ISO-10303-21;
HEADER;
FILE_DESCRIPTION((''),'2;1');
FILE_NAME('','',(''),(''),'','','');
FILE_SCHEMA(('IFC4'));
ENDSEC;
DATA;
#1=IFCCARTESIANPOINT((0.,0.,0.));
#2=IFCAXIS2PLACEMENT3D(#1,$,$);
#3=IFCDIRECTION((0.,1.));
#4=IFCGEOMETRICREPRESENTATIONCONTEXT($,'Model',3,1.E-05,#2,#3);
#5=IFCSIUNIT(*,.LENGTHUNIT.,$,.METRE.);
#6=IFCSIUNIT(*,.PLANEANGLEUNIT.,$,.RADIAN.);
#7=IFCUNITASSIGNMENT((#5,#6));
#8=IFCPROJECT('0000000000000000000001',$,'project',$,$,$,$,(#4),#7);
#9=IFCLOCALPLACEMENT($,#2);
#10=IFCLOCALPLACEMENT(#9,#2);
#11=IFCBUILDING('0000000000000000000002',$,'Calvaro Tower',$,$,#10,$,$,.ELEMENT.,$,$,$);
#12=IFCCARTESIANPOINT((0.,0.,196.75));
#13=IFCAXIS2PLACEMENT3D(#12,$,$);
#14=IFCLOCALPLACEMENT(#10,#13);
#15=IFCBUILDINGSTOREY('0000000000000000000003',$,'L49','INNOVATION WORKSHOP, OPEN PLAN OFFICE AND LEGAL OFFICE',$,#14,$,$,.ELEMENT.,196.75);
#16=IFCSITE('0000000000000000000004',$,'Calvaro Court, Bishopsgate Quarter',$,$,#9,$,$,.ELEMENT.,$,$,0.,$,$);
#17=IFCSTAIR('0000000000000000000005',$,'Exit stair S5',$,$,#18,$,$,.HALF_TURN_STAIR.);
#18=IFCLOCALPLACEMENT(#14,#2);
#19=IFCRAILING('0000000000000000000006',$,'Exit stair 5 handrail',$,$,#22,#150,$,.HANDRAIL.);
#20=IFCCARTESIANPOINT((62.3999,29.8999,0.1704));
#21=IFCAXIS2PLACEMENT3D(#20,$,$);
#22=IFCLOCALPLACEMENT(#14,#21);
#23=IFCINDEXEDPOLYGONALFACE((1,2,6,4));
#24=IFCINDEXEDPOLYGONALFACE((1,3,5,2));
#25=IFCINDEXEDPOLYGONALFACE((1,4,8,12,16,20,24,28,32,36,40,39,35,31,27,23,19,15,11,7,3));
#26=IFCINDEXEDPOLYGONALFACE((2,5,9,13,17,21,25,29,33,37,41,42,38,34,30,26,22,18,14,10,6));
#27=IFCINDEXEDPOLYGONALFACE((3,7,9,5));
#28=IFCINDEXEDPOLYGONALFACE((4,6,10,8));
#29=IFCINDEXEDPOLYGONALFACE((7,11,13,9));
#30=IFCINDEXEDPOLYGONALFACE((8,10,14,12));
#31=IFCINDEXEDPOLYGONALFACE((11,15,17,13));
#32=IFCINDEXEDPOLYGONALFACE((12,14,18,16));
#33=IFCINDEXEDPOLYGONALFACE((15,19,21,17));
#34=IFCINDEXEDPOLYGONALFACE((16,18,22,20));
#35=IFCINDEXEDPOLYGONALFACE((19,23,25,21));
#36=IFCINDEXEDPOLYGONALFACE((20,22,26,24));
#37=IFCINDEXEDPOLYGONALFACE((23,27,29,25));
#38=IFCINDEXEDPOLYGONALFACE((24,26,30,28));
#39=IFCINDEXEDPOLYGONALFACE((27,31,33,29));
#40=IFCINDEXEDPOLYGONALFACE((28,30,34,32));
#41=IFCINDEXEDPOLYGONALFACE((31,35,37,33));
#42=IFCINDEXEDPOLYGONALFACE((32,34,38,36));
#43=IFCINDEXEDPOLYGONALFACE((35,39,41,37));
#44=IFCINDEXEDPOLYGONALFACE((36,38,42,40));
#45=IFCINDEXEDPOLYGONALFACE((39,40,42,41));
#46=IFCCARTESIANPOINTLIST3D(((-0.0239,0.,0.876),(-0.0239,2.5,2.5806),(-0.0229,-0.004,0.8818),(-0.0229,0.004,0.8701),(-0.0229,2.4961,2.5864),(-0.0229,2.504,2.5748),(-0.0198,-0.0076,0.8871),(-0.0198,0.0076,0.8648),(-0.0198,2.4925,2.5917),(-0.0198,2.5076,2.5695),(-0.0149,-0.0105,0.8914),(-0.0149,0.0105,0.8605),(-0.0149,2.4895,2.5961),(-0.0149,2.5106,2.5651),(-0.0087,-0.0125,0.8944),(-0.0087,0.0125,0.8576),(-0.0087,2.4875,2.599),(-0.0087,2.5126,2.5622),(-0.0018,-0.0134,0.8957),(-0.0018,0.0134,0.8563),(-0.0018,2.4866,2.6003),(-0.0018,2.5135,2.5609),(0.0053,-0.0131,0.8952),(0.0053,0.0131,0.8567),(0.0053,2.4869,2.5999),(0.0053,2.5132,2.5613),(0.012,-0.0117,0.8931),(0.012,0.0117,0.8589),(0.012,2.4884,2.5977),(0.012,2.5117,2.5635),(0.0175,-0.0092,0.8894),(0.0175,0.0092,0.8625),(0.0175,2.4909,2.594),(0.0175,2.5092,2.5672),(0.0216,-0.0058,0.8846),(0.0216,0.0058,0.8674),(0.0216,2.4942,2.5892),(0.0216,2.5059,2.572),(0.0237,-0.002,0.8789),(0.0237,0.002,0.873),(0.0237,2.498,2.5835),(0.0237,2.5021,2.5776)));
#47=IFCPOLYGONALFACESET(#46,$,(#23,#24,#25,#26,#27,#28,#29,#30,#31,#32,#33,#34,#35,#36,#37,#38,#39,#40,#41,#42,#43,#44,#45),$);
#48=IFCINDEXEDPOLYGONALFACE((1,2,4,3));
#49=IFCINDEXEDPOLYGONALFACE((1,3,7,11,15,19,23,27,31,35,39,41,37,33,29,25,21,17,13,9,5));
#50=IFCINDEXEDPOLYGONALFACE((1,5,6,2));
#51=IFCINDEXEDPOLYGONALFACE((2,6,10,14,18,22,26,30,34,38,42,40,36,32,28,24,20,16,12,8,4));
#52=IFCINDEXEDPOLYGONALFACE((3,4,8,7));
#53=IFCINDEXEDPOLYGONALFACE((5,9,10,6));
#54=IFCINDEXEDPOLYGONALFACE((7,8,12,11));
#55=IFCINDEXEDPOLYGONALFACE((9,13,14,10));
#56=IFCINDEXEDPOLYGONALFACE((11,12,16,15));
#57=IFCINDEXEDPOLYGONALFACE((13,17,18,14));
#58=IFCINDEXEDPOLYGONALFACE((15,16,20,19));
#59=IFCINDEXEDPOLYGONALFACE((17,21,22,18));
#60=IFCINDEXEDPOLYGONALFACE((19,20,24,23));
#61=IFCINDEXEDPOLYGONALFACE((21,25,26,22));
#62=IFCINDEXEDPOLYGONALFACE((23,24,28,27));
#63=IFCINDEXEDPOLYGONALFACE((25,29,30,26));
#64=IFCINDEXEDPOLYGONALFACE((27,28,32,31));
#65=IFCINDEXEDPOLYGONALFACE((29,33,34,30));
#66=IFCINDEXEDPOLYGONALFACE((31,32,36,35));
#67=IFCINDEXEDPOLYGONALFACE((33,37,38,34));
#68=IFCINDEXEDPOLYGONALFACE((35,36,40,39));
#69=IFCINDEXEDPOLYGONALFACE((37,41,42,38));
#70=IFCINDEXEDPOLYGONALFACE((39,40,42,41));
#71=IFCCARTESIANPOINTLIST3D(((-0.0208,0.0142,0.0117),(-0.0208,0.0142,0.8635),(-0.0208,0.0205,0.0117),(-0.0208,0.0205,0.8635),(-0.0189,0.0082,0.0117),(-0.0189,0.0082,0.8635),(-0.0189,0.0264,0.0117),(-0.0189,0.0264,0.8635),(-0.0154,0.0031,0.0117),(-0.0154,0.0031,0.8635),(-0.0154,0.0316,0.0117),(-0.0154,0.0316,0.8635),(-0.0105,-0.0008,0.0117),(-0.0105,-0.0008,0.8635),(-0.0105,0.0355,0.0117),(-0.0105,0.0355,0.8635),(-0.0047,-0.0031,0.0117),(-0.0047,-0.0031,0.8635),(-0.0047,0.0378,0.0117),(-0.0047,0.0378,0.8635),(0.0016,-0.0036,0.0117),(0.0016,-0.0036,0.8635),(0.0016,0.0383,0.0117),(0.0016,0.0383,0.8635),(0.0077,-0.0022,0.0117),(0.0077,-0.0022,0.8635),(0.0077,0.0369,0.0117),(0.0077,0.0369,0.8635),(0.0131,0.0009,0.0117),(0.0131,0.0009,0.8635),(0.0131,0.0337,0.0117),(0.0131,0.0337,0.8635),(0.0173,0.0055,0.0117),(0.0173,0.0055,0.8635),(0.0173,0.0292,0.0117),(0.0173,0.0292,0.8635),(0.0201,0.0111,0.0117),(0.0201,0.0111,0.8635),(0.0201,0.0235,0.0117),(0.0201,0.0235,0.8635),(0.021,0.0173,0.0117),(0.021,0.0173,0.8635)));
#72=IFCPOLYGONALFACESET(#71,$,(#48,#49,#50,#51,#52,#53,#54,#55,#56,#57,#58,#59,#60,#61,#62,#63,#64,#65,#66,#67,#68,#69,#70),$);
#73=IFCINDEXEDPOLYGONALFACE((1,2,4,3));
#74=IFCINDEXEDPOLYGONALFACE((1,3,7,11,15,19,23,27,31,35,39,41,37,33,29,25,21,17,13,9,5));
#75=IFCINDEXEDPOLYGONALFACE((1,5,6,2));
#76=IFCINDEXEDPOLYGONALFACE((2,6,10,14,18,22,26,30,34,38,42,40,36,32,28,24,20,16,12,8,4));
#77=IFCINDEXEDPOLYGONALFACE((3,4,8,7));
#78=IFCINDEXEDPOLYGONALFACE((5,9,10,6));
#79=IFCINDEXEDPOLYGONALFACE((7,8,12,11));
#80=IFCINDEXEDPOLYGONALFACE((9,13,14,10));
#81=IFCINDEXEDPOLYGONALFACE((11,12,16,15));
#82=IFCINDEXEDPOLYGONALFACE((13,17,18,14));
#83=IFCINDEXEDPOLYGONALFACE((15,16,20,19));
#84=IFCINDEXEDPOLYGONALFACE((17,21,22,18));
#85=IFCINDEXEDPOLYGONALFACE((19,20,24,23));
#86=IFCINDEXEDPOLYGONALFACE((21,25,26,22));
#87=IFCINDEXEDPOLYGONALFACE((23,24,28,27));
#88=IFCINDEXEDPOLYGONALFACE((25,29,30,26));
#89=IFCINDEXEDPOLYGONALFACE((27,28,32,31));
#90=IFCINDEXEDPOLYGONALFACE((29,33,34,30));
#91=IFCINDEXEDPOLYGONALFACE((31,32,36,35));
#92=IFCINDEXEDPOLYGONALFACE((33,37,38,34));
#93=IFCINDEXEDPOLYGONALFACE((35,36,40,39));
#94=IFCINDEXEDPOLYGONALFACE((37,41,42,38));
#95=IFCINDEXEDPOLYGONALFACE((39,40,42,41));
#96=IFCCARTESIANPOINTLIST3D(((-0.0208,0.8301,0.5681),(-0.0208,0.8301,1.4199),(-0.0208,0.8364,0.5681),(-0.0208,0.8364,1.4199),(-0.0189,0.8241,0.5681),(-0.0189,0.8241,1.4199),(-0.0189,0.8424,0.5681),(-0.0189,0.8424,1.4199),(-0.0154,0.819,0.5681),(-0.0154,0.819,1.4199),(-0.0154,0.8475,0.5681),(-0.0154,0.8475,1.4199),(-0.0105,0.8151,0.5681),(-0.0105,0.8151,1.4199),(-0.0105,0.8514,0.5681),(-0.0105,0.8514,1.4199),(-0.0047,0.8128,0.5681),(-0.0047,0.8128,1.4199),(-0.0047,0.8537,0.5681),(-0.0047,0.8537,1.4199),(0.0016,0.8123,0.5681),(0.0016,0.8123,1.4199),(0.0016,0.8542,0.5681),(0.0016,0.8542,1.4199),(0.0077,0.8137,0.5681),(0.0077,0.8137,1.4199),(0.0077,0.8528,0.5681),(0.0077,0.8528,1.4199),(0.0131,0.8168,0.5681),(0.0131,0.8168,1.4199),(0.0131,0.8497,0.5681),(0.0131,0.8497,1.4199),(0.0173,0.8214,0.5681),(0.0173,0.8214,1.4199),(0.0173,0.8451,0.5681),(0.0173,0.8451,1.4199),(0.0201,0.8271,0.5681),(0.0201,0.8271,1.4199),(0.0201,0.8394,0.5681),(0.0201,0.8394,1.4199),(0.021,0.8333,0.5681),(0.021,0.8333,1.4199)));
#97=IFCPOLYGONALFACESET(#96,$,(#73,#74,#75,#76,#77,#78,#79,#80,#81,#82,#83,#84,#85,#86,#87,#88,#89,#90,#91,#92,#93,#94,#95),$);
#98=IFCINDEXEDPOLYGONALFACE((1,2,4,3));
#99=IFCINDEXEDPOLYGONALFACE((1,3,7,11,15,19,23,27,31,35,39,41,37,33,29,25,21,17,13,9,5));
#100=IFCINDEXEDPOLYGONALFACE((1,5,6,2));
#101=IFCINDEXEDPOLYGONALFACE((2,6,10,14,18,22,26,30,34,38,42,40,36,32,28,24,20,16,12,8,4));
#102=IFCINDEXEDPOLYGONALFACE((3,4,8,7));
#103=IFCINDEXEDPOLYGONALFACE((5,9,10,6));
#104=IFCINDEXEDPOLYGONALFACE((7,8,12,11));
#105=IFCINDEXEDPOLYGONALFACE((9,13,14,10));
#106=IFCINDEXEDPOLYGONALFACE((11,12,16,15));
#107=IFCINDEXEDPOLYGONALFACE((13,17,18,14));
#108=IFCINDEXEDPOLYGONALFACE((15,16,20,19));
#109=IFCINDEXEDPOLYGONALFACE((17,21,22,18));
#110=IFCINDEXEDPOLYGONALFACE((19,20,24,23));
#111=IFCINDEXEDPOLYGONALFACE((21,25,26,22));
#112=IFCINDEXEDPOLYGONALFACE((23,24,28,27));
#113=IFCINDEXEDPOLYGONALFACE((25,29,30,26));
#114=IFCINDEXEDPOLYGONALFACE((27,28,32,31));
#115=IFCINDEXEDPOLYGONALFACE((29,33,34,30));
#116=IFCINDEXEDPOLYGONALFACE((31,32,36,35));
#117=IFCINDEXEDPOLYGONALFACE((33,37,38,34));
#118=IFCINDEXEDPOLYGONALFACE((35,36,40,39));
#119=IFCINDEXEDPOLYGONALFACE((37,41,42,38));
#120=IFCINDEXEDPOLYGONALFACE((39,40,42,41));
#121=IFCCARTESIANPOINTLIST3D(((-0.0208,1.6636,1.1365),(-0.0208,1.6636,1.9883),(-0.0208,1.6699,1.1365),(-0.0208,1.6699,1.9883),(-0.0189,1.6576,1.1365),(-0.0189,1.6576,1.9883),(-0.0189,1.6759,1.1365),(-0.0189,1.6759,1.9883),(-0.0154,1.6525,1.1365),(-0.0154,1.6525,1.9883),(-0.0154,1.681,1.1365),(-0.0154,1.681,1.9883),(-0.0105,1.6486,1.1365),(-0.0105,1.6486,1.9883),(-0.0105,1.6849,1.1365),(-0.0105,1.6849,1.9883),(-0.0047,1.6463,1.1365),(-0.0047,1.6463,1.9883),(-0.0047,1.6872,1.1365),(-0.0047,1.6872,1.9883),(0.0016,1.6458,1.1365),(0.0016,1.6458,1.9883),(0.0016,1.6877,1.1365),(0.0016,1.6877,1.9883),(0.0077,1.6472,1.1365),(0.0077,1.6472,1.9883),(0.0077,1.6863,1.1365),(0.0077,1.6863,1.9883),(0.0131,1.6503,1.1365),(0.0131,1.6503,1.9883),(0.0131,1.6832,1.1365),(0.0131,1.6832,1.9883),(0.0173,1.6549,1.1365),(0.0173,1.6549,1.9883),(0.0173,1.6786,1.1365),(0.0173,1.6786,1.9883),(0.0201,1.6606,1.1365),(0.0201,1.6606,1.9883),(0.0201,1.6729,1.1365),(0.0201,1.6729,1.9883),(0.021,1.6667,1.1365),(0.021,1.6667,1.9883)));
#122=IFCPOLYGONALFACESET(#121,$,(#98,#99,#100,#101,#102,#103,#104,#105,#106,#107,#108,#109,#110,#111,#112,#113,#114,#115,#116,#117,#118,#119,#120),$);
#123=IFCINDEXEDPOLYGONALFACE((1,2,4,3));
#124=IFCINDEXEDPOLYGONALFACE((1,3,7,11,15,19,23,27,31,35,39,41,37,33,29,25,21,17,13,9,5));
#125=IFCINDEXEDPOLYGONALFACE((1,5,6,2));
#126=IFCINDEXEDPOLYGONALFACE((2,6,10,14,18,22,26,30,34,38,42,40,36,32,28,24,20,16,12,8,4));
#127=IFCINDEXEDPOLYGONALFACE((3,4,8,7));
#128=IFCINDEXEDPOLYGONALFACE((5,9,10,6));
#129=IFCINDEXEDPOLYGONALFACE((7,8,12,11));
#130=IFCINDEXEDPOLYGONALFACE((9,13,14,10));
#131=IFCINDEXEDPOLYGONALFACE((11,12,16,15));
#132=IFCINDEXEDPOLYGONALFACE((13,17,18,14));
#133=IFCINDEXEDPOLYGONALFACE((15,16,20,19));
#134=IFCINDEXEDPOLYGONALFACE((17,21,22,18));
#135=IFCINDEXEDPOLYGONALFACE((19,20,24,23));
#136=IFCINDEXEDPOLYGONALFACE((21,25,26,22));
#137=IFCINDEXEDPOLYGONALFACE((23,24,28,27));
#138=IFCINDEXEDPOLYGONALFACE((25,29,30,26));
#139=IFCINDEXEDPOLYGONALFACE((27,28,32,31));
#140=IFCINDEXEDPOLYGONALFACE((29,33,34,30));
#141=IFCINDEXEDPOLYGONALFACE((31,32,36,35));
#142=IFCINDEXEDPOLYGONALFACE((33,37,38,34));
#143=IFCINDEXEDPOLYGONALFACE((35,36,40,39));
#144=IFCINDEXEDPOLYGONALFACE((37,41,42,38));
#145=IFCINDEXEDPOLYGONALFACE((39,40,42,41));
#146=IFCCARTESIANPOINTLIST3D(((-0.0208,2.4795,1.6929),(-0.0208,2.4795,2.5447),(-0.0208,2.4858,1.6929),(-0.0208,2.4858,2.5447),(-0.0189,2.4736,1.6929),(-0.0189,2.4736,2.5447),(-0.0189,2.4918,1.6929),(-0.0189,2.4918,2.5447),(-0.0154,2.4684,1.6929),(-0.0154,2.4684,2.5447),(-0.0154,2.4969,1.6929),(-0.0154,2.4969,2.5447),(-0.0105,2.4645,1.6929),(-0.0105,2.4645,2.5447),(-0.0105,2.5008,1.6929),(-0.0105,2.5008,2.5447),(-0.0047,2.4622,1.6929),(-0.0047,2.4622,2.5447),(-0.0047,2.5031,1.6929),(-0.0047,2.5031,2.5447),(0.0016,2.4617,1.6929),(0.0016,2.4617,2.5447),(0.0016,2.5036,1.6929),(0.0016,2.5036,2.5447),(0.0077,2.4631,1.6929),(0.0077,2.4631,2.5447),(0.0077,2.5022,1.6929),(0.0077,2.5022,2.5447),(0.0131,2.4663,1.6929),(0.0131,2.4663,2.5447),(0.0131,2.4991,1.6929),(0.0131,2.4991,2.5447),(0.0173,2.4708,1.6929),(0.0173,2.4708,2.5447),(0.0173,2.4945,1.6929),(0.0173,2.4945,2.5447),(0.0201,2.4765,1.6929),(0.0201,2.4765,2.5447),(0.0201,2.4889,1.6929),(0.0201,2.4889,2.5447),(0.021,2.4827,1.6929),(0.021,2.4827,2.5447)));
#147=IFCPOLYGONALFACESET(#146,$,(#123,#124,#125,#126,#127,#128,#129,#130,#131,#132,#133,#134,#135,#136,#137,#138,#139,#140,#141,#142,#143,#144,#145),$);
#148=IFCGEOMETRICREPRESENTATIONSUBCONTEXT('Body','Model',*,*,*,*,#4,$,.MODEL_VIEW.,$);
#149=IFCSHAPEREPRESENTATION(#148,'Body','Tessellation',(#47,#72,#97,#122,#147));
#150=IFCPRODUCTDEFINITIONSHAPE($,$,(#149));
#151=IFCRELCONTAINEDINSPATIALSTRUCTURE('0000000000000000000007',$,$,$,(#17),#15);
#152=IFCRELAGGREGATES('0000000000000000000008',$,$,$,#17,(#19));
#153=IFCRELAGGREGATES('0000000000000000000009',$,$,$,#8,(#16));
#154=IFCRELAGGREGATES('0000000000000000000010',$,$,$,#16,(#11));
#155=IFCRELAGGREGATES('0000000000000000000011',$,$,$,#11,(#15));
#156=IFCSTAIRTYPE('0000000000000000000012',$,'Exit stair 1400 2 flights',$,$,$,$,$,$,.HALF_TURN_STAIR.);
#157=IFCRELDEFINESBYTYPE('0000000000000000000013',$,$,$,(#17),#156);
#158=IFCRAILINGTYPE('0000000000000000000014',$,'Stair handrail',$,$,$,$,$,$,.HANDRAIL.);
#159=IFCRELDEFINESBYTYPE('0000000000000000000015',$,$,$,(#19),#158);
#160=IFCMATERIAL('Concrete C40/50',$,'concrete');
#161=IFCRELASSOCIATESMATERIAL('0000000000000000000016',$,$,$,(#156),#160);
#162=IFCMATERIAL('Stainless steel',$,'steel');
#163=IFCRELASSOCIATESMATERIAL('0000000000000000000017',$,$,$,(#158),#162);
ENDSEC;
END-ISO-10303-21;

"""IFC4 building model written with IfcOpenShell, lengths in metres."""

from ifc_helpers import new_model, si_unit, direction, frame, origin, origin_2d, place, context, subcontext, project, spatial, circle, extrude, material, type_object, element, aggregate, save


model = new_model("IFC4")

# Units and contexts
model_context = context("Model", 3, precision=1e-05, world=origin(), true_north=direction((0.0, 1.0)))
body_context = subcontext(model_context, "Body", "Model", "MODEL_VIEW")
ifc_project = project(units=[si_unit("LENGTHUNIT", "METRE"), si_unit("PLANEANGLEUNIT", "RADIAN")], contexts=[model_context])

# Site, building, storey
site_placement = place(None, origin())
site = spatial("IfcSite", under=ifc_project, at=site_placement, Name="Calvaro Court, Bishopsgate Quarter", CompositionType="ELEMENT", RefElevation=0.0)
building_placement = place(site_placement, origin())
building = spatial("IfcBuilding", under=site, at=building_placement, Name="Calvaro Tower", CompositionType="ELEMENT")
storey_placement = place(building_placement, frame((0.0, 0.0, 196.75)))
storey = spatial("IfcBuildingStorey", under=building, at=storey_placement, Name="L49", Description="INNOVATION WORKSHOP, OPEN PLAN OFFICE AND LEGAL OFFICE", CompositionType="ELEMENT", Elevation=196.75)

# Stair
ifc_material_1 = material(Name="Concrete C40/50", Category="concrete")
stair_type = type_object("IfcStairType", Name="Exit stair 1400 2 flights", PredefinedType="HALF_TURN_STAIR", material=ifc_material_1)
stair_1_placement = place(storey_placement, origin())
stair_1 = element("IfcStair", 1, at=stair_1_placement, inside=storey, type_object=stair_type, Name="Exit stair S5", PredefinedType="HALF_TURN_STAIR")

# Railing
ifc_material_2 = material(Name="Stainless steel", Category="steel")
railing_type = type_object("IfcRailingType", Name="Stair handrail", PredefinedType="HANDRAIL", material=ifc_material_2)
railing_1_placement = place(storey_placement, frame((62.3999, 29.8999, 0.1704)))
railing_1 = element("IfcRailing", 2, at=railing_1_placement, type_object=railing_type, Name="Exit stair 5 handrail", PredefinedType="HANDRAIL", context=body_context, shape_type="SweptSolid", body=[
    extrude(circle(Radius=0.0239, at=origin_2d()), frame((0.0, 0.0, 0.876), z_axis=(0.0, 0.826221, 0.563347), x_axis=(-1.0, 0.0, 0.0)), (0.0, 0.0, 1.0), 3.0259),
    extrude(circle(Radius=0.021, at=origin_2d()), frame((0.0, 0.0173, 0.0117)), (0.0, 0.0, 1.0), 0.8518),
    extrude(circle(Radius=0.021, at=origin_2d()), frame((0.0, 0.8333, 0.5681)), (0.0, 0.0, 1.0), 0.8518),
    extrude(circle(Radius=0.021, at=origin_2d()), frame((0.0, 1.6667, 1.1365)), (0.0, 0.0, 1.0), 0.8518),
    extrude(circle(Radius=0.021, at=origin_2d()), frame((0.0, 2.4827, 1.6929)), (0.0, 0.0, 1.0), 0.8518),
])
aggregate(stair_1, [railing_1])

save(model, "model.ifc")
